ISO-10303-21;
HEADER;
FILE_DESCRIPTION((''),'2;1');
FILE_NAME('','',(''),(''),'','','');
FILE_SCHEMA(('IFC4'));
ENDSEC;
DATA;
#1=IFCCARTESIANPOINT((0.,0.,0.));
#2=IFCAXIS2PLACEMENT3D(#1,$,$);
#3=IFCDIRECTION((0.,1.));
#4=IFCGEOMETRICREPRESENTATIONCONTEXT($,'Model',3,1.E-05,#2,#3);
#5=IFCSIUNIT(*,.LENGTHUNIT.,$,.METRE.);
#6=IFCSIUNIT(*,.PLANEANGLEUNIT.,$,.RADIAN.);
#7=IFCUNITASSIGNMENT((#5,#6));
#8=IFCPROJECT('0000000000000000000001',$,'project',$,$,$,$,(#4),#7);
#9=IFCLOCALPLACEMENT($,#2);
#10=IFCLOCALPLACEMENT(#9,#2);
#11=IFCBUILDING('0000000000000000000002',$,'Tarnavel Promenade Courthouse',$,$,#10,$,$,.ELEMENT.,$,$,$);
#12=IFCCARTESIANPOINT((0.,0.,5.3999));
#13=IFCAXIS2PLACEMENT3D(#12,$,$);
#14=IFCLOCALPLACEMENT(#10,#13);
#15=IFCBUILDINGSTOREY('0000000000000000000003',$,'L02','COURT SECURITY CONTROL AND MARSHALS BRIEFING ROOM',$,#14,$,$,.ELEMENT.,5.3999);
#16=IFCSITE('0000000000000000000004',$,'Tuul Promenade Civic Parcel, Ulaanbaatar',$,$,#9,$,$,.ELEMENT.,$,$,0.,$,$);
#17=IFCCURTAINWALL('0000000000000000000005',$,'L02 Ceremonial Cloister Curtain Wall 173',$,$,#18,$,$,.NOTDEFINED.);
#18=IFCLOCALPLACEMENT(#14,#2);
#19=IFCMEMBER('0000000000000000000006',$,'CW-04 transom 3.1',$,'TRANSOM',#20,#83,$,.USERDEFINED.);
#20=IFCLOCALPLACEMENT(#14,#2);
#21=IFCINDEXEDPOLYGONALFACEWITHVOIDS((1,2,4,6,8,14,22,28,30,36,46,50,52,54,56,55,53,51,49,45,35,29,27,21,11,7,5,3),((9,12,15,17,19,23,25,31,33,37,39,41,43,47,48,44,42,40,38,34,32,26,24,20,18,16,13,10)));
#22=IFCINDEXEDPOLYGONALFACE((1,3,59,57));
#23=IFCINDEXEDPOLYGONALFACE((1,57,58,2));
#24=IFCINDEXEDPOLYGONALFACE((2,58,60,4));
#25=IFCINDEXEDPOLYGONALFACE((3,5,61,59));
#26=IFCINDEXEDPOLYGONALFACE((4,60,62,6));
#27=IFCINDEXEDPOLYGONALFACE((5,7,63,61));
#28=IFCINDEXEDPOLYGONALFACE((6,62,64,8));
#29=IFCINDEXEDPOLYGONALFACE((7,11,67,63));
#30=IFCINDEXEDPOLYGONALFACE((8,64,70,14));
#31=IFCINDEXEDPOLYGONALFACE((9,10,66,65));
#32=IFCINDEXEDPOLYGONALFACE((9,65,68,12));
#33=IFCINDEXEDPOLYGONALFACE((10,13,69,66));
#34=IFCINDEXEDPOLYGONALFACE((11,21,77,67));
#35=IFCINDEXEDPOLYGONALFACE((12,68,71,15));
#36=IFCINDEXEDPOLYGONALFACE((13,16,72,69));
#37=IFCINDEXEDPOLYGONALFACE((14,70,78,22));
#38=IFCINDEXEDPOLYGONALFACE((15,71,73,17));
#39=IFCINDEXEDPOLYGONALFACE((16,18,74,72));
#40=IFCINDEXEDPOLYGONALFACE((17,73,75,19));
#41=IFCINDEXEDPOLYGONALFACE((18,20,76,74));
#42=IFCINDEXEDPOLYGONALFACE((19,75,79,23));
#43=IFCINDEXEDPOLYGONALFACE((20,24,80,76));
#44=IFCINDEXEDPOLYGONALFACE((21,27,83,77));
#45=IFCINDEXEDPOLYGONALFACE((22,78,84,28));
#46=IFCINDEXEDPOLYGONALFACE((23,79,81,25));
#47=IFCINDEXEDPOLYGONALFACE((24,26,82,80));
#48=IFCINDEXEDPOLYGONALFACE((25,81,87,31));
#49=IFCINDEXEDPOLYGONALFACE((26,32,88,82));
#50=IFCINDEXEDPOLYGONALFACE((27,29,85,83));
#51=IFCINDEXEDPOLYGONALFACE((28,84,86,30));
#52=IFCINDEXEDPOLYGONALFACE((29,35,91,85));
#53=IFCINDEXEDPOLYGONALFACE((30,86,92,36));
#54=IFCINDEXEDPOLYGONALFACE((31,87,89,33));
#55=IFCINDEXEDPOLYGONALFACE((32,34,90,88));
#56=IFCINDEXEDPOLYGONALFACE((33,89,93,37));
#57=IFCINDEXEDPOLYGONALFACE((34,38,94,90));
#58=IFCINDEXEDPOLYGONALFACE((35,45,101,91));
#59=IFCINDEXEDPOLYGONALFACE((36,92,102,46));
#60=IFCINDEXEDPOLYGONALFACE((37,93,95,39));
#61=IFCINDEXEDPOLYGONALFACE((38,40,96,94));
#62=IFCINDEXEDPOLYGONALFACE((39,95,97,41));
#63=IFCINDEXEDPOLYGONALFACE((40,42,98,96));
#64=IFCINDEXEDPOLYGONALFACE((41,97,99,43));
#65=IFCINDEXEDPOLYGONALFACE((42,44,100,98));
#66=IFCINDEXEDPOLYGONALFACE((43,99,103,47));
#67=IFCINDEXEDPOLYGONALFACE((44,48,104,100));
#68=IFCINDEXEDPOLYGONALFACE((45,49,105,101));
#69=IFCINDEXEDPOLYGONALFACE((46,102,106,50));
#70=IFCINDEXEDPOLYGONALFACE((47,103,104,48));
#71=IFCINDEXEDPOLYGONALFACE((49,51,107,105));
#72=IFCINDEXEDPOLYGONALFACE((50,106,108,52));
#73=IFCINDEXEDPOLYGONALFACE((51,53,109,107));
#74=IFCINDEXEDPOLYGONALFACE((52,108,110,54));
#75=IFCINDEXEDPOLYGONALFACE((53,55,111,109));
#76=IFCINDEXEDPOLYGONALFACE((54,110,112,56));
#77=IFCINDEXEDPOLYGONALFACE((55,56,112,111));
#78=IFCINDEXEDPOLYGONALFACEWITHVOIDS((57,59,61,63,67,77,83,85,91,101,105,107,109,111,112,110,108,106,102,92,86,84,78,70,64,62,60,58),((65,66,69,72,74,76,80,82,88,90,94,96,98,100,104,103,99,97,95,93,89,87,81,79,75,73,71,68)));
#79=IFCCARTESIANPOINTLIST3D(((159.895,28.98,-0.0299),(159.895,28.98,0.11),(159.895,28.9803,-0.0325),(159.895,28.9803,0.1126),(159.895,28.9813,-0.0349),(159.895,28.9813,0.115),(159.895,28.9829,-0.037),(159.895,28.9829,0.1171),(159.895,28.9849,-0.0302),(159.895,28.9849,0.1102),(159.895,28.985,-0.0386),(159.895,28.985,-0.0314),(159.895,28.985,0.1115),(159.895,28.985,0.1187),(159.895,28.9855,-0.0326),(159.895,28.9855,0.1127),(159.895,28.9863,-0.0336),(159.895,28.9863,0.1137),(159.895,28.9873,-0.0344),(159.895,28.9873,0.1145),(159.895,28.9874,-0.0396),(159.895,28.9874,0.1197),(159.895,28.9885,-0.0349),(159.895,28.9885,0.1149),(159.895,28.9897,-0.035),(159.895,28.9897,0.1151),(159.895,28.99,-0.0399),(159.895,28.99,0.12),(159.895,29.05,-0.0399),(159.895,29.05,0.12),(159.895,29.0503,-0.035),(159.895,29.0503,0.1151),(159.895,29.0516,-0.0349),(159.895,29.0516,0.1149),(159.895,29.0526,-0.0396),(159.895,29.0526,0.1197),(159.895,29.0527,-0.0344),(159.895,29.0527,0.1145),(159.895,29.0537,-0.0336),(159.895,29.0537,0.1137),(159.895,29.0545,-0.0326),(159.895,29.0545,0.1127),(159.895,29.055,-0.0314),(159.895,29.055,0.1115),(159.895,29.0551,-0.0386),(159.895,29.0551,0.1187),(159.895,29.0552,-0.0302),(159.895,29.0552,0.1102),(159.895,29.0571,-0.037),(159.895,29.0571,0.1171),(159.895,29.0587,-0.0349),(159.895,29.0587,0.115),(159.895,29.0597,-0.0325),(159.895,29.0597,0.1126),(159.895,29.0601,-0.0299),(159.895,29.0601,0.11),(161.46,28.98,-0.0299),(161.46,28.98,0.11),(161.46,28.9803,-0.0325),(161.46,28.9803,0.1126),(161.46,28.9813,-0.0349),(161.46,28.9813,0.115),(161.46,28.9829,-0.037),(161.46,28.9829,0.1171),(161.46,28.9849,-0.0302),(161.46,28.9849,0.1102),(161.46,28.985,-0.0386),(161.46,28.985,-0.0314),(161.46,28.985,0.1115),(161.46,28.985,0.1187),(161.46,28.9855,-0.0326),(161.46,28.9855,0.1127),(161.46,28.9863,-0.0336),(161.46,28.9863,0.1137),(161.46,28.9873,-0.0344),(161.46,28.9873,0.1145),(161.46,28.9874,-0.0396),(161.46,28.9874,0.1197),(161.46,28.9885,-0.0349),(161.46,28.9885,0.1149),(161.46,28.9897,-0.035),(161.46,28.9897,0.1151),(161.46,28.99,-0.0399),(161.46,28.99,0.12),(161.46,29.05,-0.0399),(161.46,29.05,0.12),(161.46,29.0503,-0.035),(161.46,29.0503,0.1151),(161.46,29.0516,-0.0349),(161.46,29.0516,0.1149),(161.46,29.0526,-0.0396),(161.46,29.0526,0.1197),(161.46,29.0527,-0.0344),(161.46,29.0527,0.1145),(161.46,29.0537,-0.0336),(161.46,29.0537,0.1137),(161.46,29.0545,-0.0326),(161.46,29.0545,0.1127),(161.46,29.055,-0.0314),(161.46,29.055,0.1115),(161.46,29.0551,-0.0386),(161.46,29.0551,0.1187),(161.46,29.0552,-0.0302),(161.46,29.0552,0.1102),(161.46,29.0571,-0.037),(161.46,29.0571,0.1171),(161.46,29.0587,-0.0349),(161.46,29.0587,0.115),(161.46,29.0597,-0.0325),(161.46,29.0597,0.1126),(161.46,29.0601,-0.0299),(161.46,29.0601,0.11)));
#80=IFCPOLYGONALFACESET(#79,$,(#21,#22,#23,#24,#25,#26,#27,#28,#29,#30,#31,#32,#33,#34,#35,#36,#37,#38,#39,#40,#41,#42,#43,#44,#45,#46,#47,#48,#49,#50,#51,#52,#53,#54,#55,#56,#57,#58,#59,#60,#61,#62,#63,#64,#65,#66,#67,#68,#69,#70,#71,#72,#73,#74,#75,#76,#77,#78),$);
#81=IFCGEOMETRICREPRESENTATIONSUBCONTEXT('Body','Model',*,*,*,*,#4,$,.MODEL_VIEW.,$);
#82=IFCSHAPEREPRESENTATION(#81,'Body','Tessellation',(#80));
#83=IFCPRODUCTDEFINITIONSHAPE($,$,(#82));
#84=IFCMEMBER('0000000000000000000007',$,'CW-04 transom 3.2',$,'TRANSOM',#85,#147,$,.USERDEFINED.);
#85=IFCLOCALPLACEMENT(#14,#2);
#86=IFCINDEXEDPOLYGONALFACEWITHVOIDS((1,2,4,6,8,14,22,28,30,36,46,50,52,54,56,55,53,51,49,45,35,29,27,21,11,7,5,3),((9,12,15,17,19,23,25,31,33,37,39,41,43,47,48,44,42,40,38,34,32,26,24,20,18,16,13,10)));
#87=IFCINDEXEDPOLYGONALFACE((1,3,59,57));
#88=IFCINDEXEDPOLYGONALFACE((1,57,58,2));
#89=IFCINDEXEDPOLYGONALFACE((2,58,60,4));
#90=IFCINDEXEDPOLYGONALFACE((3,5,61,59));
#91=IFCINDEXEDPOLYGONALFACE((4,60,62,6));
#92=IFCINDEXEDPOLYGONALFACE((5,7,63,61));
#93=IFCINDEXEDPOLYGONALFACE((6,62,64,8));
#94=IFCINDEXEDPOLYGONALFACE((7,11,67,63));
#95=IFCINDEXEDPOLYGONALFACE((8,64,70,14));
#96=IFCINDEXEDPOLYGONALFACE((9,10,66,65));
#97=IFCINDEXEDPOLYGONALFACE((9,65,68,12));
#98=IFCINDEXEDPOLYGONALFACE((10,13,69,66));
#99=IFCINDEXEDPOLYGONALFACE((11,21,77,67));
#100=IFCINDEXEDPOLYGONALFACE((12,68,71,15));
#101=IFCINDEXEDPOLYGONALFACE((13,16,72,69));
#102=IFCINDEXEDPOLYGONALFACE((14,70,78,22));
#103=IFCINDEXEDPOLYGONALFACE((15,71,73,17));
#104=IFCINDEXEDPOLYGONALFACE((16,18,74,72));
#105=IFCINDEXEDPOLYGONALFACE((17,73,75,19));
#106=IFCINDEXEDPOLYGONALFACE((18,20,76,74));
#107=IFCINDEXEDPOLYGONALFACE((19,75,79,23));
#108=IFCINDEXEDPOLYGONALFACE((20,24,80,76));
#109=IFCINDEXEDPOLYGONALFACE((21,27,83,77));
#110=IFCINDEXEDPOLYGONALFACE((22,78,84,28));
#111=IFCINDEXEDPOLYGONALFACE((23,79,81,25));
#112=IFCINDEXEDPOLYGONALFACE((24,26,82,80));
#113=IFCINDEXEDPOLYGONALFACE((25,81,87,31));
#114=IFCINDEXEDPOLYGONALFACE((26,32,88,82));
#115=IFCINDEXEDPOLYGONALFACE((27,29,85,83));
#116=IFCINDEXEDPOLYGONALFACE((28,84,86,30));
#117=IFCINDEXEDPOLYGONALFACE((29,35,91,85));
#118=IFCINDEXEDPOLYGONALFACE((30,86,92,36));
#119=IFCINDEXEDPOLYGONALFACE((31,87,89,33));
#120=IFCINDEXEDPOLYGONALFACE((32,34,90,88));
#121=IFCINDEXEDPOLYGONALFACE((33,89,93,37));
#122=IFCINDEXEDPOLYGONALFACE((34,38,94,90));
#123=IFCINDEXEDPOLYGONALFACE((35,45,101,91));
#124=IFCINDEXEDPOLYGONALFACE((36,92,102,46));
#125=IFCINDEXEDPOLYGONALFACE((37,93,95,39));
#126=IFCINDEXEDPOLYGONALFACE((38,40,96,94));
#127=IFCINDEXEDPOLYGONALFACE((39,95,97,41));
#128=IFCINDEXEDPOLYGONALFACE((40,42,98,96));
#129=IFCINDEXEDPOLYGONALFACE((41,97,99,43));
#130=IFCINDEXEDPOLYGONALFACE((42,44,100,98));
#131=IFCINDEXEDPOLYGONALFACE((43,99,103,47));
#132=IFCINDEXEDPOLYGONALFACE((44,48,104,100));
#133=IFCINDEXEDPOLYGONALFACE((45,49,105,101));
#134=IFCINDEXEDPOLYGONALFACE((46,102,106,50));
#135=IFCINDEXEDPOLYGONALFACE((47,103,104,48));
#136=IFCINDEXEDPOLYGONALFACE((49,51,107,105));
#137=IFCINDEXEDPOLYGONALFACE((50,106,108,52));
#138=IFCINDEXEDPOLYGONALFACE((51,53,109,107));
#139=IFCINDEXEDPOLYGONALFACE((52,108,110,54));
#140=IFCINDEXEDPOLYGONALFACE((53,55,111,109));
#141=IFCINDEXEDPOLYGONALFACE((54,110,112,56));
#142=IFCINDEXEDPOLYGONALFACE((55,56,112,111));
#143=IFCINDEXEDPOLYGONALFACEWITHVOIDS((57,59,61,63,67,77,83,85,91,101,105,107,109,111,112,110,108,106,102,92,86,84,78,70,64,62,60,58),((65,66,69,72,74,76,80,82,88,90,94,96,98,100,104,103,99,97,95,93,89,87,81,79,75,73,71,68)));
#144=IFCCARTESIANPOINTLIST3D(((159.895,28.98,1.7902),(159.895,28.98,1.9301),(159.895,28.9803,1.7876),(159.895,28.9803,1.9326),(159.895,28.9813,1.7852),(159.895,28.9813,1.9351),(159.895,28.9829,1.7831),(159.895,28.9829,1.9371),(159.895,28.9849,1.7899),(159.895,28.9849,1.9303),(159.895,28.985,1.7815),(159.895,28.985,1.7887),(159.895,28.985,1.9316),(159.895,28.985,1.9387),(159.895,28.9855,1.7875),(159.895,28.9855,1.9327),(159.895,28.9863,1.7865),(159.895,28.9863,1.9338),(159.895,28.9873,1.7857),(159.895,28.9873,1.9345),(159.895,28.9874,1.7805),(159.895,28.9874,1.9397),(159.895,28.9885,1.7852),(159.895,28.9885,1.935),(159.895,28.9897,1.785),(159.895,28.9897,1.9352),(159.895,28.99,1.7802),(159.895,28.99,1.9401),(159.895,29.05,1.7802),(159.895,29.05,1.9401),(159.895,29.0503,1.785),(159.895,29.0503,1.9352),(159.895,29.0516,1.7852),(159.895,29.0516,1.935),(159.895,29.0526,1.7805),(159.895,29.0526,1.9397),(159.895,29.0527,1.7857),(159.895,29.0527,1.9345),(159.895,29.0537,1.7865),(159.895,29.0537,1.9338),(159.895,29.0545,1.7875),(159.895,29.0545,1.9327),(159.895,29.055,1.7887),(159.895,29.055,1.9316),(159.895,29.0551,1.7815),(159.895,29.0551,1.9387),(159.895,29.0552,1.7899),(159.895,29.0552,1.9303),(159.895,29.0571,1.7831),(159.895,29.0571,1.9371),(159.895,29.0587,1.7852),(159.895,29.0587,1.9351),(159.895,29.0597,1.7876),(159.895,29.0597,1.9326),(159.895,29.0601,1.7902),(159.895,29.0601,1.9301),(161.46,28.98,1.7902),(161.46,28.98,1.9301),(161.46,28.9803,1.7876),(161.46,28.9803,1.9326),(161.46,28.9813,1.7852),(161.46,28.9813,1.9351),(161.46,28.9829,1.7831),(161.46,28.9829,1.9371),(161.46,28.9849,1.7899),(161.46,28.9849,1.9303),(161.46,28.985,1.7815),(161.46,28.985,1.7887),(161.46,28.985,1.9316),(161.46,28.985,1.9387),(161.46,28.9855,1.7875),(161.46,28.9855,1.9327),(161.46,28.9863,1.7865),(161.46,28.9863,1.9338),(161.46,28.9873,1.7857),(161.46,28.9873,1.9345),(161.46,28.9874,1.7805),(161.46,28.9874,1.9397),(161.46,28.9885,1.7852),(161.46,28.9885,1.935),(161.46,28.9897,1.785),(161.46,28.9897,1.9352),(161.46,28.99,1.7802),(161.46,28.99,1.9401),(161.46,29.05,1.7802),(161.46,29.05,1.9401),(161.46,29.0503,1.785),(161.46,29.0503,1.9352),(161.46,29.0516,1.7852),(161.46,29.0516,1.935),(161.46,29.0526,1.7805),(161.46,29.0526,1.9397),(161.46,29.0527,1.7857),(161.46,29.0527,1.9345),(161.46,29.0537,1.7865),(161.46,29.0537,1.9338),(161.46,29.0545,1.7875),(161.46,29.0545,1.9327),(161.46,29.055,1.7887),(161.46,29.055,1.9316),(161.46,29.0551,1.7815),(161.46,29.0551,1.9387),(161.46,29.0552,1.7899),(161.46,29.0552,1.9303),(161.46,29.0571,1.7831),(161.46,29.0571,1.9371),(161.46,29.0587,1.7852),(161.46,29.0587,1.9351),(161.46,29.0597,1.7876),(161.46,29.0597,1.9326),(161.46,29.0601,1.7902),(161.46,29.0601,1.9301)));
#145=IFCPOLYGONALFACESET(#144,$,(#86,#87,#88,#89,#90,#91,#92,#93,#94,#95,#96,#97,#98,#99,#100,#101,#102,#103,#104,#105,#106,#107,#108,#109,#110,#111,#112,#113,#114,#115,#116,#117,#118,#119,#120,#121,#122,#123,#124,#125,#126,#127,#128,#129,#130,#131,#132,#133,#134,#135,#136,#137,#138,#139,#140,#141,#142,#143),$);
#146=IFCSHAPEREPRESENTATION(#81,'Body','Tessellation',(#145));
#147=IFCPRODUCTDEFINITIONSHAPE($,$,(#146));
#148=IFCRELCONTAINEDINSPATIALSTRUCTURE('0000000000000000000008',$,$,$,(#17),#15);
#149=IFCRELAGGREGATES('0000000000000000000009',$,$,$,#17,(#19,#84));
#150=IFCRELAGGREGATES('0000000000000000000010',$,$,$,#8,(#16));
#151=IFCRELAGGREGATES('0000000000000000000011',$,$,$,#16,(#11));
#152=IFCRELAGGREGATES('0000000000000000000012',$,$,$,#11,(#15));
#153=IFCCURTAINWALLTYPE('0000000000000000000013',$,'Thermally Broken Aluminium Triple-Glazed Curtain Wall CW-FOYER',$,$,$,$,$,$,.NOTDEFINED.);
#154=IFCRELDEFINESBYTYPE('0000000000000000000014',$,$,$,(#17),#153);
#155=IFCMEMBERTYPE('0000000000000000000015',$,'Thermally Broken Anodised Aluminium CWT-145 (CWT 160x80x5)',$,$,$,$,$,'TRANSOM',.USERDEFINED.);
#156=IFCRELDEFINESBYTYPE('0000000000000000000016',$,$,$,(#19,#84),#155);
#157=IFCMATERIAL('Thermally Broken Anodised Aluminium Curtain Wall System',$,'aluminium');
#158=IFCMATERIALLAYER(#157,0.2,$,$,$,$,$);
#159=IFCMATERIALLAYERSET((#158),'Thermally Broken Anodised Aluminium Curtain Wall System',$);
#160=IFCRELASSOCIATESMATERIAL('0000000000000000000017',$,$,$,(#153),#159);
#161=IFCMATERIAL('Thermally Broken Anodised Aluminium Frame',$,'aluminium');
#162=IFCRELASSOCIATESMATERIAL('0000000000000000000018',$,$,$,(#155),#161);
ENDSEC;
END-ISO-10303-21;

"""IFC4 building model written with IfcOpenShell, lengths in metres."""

from ifc_helpers import new_model, si_unit, direction, frame, origin, origin_2d, place, context, subcontext, project, spatial, hollow_rectangle, extrude, material, layer, layer_set, material_profile, profile_set, type_object, element, aggregate, save


model = new_model("IFC4")

# Units and contexts
model_context = context("Model", 3, precision=1e-05, world=origin(), true_north=direction((0.0, 1.0)))
body_context = subcontext(model_context, "Body", "Model", "MODEL_VIEW")
ifc_project = project(units=[si_unit("LENGTHUNIT", "METRE"), si_unit("PLANEANGLEUNIT", "RADIAN")], contexts=[model_context])

# Site, building, storey
site_placement = place(None, origin())
site = spatial("IfcSite", under=ifc_project, at=site_placement, Name="Tuul Promenade Civic Parcel, Ulaanbaatar", CompositionType="ELEMENT", RefElevation=0.0)
building_placement = place(site_placement, origin())
building = spatial("IfcBuilding", under=site, at=building_placement, Name="Tarnavel Promenade Courthouse", CompositionType="ELEMENT")
storey_placement = place(building_placement, frame((0.0, 0.0, 5.3999)))
storey = spatial("IfcBuildingStorey", under=building, at=storey_placement, Name="L02", Description="COURT SECURITY CONTROL AND MARSHALS BRIEFING ROOM", CompositionType="ELEMENT", Elevation=5.3999)

# Curtain wall, members
ifc_material_1 = material(Name="Thermally Broken Anodised Aluminium Curtain Wall System", Category="aluminium")
ifc_layer_1 = layer(ifc_material_1, 0.2)
ifc_layer_set_1 = layer_set([ifc_layer_1], Name="Thermally Broken Anodised Aluminium Curtain Wall System")
curtain_wall_type = type_object("IfcCurtainWallType", Name="Thermally Broken Aluminium Triple-Glazed Curtain Wall CW-FOYER", PredefinedType="NOTDEFINED", material=ifc_layer_set_1)
curtain_wall_placement = place(storey_placement, origin())
curtain_wall = element("IfcCurtainWall", 1, at=curtain_wall_placement, inside=storey, type_object=curtain_wall_type, Name="L02 Ceremonial Cloister Curtain Wall 173", PredefinedType="NOTDEFINED")
ifc_material_2 = material(Name="Thermally Broken Anodised Aluminium Frame", Category="aluminium")
ifc_material_profile_1 = material_profile(ifc_material_2, hollow_rectangle(XDim=0.0801, YDim=0.1599, WallThickness=0.0049, InnerFilletRadius=0.0049, OuterFilletRadius=0.01, at=origin_2d()), Name="CWT 160x80x5")
ifc_profile_set_1 = profile_set([ifc_material_profile_1], Name="Thermally Broken Anodised Aluminium Frame")
member_type_1 = type_object("IfcMemberType", Name="Thermally Broken Anodised Aluminium CWT-145 (CWT 160x80x5)", ElementType="TRANSOM", PredefinedType="USERDEFINED", material=ifc_profile_set_1)
member_1_placement = place(storey_placement, frame((159.895, 29.02, 0.04), z_axis=(1.0, 0.0, 0.0), x_axis=(0.0, 1.0, 0.0)))
member_1 = element("IfcMember", 2, at=member_1_placement, type_object=member_type_1, Name="CW-04 transom 3.1", ObjectType="TRANSOM", PredefinedType="USERDEFINED", context=body_context, shape_type="SweptSolid", body=[
    extrude(hollow_rectangle(XDim=0.0801, YDim=0.1599, WallThickness=0.0049, InnerFilletRadius=0.0049, OuterFilletRadius=0.01, at=origin_2d()), origin(), (0.0, 0.0, 1.0), 1.5649),
])
member_2_placement = place(storey_placement, frame((159.895, 29.02, 1.8601), z_axis=(1.0, 0.0, 0.0), x_axis=(0.0, 1.0, 0.0)))
member_2 = element("IfcMember", 3, at=member_2_placement, type_object=member_type_1, Name="CW-04 transom 3.2", ObjectType="TRANSOM", PredefinedType="USERDEFINED", context=body_context, shape_type="SweptSolid", body=[
    extrude(hollow_rectangle(XDim=0.0801, YDim=0.1599, WallThickness=0.0049, InnerFilletRadius=0.0049, OuterFilletRadius=0.01, at=origin_2d()), origin(), (0.0, 0.0, 1.0), 1.5649),
])
aggregate(curtain_wall, [member_1, member_2])

save(model, "model.ifc")
